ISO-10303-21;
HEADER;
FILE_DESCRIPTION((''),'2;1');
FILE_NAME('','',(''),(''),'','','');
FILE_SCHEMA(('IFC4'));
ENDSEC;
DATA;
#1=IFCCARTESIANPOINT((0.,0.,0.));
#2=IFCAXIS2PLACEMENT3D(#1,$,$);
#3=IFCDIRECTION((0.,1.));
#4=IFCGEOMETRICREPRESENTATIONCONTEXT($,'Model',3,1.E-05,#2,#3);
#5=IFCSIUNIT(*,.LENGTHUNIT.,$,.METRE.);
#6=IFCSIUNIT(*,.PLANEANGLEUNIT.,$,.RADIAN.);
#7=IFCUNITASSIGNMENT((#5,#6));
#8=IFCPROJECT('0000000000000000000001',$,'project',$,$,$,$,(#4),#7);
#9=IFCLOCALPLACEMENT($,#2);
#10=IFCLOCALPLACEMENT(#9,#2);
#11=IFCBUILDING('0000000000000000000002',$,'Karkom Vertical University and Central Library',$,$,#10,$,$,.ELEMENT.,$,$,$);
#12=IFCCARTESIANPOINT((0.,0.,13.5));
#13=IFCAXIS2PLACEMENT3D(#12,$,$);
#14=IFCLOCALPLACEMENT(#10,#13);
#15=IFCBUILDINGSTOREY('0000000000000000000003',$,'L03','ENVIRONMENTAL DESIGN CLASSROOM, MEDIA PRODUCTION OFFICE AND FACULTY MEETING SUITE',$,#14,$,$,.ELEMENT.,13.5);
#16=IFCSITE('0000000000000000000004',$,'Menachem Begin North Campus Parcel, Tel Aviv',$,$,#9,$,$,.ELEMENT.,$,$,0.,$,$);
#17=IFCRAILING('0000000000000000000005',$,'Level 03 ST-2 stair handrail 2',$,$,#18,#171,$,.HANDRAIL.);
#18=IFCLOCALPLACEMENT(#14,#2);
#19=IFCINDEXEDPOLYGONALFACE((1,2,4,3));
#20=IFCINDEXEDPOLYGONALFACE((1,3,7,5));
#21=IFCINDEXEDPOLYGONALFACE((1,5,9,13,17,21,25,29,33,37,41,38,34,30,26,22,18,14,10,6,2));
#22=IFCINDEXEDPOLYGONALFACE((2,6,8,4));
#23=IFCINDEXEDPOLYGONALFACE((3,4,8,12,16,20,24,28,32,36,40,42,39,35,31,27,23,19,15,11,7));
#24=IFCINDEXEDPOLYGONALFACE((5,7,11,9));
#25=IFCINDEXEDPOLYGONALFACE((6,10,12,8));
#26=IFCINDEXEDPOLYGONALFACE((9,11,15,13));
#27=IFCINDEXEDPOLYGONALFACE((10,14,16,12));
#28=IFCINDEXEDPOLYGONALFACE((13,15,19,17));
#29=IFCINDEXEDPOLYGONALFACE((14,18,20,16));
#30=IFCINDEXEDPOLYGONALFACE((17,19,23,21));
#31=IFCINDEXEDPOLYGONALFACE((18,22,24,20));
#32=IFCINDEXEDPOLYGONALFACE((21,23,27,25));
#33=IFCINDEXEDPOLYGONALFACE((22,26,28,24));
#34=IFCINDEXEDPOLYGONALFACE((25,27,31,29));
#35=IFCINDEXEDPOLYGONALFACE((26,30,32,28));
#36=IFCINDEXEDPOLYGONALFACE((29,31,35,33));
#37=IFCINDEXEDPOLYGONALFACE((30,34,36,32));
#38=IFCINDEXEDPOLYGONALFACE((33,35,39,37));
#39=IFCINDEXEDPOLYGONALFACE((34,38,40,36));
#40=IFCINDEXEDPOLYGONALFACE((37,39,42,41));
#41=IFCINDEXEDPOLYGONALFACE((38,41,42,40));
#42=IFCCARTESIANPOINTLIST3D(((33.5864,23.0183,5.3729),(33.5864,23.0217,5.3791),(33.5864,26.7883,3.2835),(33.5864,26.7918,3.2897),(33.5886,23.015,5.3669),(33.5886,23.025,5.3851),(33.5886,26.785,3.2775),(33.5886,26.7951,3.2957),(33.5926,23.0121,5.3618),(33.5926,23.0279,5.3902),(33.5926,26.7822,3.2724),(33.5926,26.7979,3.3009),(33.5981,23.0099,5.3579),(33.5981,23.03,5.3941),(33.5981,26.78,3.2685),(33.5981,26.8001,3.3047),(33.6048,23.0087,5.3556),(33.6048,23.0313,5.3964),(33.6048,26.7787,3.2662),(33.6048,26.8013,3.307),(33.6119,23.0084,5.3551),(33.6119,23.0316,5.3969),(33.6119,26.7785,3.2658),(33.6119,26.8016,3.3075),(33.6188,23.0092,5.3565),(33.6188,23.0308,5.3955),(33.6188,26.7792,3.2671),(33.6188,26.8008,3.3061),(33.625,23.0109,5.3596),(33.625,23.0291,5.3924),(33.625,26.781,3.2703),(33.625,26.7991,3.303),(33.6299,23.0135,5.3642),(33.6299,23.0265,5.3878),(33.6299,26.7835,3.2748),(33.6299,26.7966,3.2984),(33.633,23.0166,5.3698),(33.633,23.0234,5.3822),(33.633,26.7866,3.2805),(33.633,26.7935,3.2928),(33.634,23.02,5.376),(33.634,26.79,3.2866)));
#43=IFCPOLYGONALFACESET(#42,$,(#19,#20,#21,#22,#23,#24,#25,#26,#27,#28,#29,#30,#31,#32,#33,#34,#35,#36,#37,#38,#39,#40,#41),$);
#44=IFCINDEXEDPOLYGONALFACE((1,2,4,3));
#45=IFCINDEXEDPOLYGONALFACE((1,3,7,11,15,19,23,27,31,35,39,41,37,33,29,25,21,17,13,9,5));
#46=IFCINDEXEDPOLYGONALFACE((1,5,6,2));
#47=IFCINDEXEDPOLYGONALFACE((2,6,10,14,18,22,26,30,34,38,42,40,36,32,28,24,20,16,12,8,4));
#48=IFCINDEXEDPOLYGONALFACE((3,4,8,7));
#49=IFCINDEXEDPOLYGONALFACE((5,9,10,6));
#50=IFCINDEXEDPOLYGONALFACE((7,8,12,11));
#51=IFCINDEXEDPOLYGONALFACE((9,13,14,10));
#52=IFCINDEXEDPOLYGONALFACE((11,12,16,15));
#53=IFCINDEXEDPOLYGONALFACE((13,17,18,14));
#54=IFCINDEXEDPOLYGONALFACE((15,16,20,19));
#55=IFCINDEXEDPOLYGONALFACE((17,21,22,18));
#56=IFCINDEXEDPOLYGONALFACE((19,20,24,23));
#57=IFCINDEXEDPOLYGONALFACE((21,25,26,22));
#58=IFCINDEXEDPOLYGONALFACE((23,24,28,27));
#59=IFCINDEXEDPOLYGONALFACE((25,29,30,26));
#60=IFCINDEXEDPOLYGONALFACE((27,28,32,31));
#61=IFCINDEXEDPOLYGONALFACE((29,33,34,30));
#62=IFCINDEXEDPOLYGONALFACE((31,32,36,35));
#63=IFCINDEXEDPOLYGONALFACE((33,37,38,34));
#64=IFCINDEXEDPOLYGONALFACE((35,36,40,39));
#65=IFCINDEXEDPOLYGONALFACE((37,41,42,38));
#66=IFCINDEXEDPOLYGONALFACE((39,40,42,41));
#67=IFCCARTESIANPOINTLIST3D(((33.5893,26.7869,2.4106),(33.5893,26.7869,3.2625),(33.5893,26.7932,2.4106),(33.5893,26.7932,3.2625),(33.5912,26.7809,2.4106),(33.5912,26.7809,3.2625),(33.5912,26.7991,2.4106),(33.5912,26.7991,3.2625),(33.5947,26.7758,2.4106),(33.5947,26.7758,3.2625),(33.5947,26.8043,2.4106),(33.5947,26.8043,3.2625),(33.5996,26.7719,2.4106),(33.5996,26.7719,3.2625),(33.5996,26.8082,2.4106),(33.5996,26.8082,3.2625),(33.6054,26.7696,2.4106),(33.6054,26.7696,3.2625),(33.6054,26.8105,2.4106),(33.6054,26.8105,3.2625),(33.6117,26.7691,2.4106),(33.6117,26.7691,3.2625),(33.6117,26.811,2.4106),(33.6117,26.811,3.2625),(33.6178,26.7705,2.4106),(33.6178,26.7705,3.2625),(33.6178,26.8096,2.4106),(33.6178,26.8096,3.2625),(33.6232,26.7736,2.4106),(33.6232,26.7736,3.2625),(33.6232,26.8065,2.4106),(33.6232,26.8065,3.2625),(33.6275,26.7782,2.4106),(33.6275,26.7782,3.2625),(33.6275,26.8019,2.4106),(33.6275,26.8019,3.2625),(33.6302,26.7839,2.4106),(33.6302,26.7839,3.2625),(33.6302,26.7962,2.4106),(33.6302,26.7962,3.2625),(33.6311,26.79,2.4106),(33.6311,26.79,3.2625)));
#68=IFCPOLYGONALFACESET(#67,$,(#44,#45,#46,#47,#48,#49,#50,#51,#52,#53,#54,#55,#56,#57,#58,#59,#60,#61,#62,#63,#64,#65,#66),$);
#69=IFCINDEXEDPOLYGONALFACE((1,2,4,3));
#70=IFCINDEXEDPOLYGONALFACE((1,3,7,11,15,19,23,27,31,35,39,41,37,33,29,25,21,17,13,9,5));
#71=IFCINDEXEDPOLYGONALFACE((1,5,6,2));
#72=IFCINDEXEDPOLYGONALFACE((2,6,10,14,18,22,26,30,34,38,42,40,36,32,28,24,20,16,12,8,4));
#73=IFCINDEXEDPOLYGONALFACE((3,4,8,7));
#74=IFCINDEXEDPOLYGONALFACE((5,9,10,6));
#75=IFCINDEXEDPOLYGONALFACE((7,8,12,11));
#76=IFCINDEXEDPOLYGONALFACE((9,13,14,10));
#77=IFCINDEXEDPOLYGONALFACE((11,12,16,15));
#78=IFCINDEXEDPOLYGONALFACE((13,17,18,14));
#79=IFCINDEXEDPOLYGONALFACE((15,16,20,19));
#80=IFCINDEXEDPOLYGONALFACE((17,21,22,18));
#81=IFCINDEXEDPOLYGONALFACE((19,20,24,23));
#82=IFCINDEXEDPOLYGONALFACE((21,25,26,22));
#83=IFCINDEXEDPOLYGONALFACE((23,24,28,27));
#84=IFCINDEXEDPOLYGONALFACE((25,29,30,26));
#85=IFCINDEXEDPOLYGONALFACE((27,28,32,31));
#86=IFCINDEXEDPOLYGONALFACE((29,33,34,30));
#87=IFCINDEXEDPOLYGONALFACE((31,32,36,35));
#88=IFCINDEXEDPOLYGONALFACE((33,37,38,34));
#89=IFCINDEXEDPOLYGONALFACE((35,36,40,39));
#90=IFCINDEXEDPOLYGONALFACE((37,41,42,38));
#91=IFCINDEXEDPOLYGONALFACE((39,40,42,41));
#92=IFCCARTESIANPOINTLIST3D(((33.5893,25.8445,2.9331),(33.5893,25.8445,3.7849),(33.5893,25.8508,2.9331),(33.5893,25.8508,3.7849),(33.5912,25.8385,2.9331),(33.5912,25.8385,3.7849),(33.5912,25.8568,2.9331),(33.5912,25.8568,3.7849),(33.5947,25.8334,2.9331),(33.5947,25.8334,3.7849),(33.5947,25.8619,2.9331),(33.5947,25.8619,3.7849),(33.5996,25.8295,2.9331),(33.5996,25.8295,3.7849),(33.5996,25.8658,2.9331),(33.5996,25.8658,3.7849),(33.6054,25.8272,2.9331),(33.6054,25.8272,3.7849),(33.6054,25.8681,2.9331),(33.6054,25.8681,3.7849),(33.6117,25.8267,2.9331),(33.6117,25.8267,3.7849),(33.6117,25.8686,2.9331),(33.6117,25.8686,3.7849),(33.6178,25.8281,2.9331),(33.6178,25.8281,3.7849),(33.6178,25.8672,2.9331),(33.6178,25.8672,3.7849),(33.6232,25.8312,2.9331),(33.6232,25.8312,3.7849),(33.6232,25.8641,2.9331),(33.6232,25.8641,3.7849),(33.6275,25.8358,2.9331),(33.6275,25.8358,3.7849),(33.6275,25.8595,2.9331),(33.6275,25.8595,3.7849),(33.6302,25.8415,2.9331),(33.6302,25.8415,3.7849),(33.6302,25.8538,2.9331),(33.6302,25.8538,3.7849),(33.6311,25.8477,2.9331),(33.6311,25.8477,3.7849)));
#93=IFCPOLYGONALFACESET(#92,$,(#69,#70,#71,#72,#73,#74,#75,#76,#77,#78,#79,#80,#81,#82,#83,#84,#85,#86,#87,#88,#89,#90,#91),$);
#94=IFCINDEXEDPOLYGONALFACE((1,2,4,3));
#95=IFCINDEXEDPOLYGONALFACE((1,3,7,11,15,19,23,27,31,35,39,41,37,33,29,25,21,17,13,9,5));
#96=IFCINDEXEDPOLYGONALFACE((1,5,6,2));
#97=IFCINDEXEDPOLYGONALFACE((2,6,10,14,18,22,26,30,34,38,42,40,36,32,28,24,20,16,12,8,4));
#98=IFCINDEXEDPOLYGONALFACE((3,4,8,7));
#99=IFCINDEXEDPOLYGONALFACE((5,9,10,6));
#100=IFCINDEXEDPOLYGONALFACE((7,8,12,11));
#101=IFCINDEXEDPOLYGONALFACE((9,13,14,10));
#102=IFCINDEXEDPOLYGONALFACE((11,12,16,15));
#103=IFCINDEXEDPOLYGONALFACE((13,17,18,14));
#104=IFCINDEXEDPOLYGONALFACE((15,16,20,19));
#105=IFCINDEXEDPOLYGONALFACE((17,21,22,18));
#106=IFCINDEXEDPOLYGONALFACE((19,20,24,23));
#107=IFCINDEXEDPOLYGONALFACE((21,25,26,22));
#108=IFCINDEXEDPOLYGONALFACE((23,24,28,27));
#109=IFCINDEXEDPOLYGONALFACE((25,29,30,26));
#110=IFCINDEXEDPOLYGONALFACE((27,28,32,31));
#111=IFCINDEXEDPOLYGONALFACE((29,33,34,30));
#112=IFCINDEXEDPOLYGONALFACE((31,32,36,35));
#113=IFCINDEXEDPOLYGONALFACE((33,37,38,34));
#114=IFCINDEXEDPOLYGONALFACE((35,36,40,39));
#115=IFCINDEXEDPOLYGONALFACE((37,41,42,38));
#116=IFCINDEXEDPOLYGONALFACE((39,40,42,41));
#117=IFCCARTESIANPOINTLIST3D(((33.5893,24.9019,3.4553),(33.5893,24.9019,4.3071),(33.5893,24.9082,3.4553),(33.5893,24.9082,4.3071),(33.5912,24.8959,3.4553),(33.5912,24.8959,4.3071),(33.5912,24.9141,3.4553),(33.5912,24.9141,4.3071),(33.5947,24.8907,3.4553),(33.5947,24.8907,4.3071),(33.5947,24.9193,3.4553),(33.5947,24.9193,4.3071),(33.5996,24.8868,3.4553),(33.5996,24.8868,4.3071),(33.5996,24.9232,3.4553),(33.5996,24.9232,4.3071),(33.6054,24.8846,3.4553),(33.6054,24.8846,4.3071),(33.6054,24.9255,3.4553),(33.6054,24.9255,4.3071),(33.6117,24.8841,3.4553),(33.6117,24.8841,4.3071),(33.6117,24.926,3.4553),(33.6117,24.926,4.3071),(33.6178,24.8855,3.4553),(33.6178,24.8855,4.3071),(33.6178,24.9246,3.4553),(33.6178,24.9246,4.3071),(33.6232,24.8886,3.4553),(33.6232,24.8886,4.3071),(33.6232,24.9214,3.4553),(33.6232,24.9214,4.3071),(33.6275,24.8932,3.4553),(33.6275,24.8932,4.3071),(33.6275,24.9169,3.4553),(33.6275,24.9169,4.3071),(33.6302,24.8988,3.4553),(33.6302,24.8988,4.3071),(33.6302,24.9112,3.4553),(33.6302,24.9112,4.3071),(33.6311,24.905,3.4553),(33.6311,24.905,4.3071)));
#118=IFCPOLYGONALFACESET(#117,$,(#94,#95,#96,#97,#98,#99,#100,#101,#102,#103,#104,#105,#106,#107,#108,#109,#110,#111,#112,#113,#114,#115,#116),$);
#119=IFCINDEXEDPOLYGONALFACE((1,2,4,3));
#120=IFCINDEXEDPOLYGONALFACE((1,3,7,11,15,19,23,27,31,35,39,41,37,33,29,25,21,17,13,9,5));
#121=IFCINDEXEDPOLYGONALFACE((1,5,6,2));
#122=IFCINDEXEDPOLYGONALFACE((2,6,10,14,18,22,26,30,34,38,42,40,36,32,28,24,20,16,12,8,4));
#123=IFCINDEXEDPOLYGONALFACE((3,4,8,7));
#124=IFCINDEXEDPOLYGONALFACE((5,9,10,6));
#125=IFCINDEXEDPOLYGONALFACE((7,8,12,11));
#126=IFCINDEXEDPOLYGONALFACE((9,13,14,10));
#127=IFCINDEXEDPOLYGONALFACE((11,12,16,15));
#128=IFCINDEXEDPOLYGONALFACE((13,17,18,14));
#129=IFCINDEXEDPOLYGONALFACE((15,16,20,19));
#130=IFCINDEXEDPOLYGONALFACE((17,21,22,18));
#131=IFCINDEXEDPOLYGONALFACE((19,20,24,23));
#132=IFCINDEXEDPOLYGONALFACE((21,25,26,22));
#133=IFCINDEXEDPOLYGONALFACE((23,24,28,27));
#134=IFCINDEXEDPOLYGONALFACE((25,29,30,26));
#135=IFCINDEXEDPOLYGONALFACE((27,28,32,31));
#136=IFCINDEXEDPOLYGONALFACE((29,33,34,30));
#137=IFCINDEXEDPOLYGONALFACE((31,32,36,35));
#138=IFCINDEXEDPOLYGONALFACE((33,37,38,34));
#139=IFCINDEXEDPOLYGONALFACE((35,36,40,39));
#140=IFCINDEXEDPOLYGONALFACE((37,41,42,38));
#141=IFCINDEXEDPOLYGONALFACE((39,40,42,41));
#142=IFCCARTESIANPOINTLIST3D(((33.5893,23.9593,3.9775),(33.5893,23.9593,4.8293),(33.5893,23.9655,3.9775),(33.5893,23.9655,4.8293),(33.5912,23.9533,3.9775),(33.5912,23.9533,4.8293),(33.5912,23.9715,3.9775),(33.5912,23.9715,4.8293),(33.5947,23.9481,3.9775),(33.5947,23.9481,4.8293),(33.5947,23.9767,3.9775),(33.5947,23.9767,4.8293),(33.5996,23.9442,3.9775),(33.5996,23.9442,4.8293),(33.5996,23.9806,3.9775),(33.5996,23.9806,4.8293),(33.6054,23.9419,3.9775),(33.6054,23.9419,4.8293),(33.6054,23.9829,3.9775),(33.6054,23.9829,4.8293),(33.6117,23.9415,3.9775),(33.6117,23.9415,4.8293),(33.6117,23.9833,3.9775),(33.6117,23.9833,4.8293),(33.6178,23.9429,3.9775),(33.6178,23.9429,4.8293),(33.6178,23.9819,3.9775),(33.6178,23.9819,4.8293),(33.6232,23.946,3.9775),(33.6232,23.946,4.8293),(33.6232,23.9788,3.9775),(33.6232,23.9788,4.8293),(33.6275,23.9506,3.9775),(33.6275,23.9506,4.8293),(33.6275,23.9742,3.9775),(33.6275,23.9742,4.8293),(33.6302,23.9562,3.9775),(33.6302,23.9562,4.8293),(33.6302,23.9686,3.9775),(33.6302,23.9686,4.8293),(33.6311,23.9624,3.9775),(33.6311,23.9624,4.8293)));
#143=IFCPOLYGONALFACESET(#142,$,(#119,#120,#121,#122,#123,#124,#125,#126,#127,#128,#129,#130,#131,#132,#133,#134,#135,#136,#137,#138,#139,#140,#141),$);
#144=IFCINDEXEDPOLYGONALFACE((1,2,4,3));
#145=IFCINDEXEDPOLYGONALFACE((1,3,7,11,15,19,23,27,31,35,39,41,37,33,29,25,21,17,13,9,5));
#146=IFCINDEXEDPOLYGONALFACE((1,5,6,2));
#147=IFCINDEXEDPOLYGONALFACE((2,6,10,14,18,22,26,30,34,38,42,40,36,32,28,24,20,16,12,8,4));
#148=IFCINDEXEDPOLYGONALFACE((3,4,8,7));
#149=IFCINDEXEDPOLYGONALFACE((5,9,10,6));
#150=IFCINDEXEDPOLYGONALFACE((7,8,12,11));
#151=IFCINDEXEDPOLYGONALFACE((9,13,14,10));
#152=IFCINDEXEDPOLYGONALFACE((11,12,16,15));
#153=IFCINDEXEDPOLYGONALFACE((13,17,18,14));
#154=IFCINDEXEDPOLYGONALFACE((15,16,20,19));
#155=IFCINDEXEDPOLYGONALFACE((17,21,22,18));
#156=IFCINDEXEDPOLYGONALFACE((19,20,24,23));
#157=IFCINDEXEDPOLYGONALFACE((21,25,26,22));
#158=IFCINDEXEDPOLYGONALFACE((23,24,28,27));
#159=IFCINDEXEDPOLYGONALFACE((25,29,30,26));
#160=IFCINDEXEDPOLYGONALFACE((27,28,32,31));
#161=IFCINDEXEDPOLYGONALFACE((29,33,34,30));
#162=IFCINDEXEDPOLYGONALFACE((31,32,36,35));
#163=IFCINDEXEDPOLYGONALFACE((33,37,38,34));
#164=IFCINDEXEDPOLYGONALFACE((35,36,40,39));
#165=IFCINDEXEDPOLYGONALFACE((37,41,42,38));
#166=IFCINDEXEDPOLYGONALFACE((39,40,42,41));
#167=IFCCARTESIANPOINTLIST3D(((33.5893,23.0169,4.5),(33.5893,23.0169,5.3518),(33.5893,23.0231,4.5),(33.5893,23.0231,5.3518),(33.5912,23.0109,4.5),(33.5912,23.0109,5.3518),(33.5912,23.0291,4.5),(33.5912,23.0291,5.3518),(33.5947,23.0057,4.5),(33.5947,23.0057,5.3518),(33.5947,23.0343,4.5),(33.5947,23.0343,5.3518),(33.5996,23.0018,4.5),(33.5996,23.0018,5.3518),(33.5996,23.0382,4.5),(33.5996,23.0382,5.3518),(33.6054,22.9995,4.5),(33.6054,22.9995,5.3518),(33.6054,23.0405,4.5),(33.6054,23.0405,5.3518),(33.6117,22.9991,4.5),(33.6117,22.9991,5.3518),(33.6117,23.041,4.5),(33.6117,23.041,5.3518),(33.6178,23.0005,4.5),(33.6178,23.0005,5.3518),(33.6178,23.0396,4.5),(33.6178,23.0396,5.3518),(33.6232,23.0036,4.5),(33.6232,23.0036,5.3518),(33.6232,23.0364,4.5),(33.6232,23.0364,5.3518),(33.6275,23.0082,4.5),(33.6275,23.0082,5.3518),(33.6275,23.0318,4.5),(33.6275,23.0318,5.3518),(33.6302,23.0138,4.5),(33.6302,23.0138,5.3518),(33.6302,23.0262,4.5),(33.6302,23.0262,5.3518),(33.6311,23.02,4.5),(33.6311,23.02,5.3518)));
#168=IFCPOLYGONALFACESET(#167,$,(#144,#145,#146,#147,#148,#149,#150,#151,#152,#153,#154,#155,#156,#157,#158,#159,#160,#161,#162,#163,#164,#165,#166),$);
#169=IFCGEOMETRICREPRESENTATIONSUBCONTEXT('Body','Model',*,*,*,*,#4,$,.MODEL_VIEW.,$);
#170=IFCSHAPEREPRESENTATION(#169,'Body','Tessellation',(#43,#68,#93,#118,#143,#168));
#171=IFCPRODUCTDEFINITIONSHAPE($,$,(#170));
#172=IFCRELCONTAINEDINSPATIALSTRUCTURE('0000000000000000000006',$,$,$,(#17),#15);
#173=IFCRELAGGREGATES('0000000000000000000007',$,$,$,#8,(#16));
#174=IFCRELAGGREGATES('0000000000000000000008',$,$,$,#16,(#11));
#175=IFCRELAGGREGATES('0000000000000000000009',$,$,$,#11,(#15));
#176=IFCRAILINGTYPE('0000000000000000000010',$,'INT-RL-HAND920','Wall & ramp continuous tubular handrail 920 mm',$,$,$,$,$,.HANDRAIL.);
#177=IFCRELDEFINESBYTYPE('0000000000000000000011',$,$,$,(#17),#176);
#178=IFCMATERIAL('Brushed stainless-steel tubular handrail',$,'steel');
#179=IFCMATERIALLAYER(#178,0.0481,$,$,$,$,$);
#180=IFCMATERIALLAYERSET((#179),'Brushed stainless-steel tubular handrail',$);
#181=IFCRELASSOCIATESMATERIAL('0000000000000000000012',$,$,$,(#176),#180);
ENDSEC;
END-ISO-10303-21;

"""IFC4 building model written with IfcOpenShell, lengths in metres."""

from ifc_helpers import new_model, si_unit, direction, frame, origin, origin_2d, place, context, subcontext, project, spatial, circle, extrude, material, layer, layer_set, type_object, element, save


model = new_model("IFC4")

# Units and contexts
model_context = context("Model", 3, precision=1e-05, world=origin(), true_north=direction((0.0, 1.0)))
body_context = subcontext(model_context, "Body", "Model", "MODEL_VIEW")
ifc_project = project(units=[si_unit("LENGTHUNIT", "METRE"), si_unit("PLANEANGLEUNIT", "RADIAN")], contexts=[model_context])

# Site, building, storey
site_placement = place(None, origin())
site = spatial("IfcSite", under=ifc_project, at=site_placement, Name="Menachem Begin North Campus Parcel, Tel Aviv", CompositionType="ELEMENT", RefElevation=0.0)
building_placement = place(site_placement, origin())
building = spatial("IfcBuilding", under=site, at=building_placement, Name="Karkom Vertical University and Central Library", CompositionType="ELEMENT")
storey_placement = place(building_placement, frame((0.0, 0.0, 13.5)))
storey = spatial("IfcBuildingStorey", under=building, at=storey_placement, Name="L03", Description="ENVIRONMENTAL DESIGN CLASSROOM, MEDIA PRODUCTION OFFICE AND FACULTY MEETING SUITE", CompositionType="ELEMENT", Elevation=13.5)

# Railing
ifc_material_1 = material(Name="Brushed stainless-steel tubular handrail", Category="steel")
ifc_layer_1 = layer(ifc_material_1, 0.0481)
ifc_layer_set_1 = layer_set([ifc_layer_1], Name="Brushed stainless-steel tubular handrail")
railing_type_1 = type_object("IfcRailingType", Name="INT-RL-HAND920", Description="Wall & ramp continuous tubular handrail 920 mm", PredefinedType="HANDRAIL", material=ifc_layer_set_1)
railing_1_placement = place(storey_placement, frame((33.6101, 26.79, 2.4106)))
element("IfcRailing", 1, at=railing_1_placement, inside=storey, type_object=railing_type_1, Name="Level 03 ST-2 stair handrail 2", PredefinedType="HANDRAIL", context=body_context, shape_type="SweptSolid", body=[
    extrude(circle(Radius=0.0239, at=origin_2d()), frame((0.0, 0.0, 0.876), z_axis=(0.0, -0.874659, 0.484739), x_axis=(1.0, 0.0, 0.0)), (0.0, 0.0, 1.0), 4.3103),
    extrude(circle(Radius=0.021, at=origin_2d()), origin(), (0.0, 0.0, 1.0), 0.8518),
    extrude(circle(Radius=0.021, at=origin_2d()), frame((0.0, -0.9424, 0.5225)), (0.0, 0.0, 1.0), 0.8518),
    extrude(circle(Radius=0.021, at=origin_2d()), frame((0.0, -1.885, 1.0447)), (0.0, 0.0, 1.0), 0.8518),
    extrude(circle(Radius=0.021, at=origin_2d()), frame((0.0, -2.8276, 1.5669)), (0.0, 0.0, 1.0), 0.8518),
    extrude(circle(Radius=0.021, at=origin_2d()), frame((0.0, -3.77, 2.0894)), (0.0, 0.0, 1.0), 0.8518),
])

save(model, "model.ifc")
